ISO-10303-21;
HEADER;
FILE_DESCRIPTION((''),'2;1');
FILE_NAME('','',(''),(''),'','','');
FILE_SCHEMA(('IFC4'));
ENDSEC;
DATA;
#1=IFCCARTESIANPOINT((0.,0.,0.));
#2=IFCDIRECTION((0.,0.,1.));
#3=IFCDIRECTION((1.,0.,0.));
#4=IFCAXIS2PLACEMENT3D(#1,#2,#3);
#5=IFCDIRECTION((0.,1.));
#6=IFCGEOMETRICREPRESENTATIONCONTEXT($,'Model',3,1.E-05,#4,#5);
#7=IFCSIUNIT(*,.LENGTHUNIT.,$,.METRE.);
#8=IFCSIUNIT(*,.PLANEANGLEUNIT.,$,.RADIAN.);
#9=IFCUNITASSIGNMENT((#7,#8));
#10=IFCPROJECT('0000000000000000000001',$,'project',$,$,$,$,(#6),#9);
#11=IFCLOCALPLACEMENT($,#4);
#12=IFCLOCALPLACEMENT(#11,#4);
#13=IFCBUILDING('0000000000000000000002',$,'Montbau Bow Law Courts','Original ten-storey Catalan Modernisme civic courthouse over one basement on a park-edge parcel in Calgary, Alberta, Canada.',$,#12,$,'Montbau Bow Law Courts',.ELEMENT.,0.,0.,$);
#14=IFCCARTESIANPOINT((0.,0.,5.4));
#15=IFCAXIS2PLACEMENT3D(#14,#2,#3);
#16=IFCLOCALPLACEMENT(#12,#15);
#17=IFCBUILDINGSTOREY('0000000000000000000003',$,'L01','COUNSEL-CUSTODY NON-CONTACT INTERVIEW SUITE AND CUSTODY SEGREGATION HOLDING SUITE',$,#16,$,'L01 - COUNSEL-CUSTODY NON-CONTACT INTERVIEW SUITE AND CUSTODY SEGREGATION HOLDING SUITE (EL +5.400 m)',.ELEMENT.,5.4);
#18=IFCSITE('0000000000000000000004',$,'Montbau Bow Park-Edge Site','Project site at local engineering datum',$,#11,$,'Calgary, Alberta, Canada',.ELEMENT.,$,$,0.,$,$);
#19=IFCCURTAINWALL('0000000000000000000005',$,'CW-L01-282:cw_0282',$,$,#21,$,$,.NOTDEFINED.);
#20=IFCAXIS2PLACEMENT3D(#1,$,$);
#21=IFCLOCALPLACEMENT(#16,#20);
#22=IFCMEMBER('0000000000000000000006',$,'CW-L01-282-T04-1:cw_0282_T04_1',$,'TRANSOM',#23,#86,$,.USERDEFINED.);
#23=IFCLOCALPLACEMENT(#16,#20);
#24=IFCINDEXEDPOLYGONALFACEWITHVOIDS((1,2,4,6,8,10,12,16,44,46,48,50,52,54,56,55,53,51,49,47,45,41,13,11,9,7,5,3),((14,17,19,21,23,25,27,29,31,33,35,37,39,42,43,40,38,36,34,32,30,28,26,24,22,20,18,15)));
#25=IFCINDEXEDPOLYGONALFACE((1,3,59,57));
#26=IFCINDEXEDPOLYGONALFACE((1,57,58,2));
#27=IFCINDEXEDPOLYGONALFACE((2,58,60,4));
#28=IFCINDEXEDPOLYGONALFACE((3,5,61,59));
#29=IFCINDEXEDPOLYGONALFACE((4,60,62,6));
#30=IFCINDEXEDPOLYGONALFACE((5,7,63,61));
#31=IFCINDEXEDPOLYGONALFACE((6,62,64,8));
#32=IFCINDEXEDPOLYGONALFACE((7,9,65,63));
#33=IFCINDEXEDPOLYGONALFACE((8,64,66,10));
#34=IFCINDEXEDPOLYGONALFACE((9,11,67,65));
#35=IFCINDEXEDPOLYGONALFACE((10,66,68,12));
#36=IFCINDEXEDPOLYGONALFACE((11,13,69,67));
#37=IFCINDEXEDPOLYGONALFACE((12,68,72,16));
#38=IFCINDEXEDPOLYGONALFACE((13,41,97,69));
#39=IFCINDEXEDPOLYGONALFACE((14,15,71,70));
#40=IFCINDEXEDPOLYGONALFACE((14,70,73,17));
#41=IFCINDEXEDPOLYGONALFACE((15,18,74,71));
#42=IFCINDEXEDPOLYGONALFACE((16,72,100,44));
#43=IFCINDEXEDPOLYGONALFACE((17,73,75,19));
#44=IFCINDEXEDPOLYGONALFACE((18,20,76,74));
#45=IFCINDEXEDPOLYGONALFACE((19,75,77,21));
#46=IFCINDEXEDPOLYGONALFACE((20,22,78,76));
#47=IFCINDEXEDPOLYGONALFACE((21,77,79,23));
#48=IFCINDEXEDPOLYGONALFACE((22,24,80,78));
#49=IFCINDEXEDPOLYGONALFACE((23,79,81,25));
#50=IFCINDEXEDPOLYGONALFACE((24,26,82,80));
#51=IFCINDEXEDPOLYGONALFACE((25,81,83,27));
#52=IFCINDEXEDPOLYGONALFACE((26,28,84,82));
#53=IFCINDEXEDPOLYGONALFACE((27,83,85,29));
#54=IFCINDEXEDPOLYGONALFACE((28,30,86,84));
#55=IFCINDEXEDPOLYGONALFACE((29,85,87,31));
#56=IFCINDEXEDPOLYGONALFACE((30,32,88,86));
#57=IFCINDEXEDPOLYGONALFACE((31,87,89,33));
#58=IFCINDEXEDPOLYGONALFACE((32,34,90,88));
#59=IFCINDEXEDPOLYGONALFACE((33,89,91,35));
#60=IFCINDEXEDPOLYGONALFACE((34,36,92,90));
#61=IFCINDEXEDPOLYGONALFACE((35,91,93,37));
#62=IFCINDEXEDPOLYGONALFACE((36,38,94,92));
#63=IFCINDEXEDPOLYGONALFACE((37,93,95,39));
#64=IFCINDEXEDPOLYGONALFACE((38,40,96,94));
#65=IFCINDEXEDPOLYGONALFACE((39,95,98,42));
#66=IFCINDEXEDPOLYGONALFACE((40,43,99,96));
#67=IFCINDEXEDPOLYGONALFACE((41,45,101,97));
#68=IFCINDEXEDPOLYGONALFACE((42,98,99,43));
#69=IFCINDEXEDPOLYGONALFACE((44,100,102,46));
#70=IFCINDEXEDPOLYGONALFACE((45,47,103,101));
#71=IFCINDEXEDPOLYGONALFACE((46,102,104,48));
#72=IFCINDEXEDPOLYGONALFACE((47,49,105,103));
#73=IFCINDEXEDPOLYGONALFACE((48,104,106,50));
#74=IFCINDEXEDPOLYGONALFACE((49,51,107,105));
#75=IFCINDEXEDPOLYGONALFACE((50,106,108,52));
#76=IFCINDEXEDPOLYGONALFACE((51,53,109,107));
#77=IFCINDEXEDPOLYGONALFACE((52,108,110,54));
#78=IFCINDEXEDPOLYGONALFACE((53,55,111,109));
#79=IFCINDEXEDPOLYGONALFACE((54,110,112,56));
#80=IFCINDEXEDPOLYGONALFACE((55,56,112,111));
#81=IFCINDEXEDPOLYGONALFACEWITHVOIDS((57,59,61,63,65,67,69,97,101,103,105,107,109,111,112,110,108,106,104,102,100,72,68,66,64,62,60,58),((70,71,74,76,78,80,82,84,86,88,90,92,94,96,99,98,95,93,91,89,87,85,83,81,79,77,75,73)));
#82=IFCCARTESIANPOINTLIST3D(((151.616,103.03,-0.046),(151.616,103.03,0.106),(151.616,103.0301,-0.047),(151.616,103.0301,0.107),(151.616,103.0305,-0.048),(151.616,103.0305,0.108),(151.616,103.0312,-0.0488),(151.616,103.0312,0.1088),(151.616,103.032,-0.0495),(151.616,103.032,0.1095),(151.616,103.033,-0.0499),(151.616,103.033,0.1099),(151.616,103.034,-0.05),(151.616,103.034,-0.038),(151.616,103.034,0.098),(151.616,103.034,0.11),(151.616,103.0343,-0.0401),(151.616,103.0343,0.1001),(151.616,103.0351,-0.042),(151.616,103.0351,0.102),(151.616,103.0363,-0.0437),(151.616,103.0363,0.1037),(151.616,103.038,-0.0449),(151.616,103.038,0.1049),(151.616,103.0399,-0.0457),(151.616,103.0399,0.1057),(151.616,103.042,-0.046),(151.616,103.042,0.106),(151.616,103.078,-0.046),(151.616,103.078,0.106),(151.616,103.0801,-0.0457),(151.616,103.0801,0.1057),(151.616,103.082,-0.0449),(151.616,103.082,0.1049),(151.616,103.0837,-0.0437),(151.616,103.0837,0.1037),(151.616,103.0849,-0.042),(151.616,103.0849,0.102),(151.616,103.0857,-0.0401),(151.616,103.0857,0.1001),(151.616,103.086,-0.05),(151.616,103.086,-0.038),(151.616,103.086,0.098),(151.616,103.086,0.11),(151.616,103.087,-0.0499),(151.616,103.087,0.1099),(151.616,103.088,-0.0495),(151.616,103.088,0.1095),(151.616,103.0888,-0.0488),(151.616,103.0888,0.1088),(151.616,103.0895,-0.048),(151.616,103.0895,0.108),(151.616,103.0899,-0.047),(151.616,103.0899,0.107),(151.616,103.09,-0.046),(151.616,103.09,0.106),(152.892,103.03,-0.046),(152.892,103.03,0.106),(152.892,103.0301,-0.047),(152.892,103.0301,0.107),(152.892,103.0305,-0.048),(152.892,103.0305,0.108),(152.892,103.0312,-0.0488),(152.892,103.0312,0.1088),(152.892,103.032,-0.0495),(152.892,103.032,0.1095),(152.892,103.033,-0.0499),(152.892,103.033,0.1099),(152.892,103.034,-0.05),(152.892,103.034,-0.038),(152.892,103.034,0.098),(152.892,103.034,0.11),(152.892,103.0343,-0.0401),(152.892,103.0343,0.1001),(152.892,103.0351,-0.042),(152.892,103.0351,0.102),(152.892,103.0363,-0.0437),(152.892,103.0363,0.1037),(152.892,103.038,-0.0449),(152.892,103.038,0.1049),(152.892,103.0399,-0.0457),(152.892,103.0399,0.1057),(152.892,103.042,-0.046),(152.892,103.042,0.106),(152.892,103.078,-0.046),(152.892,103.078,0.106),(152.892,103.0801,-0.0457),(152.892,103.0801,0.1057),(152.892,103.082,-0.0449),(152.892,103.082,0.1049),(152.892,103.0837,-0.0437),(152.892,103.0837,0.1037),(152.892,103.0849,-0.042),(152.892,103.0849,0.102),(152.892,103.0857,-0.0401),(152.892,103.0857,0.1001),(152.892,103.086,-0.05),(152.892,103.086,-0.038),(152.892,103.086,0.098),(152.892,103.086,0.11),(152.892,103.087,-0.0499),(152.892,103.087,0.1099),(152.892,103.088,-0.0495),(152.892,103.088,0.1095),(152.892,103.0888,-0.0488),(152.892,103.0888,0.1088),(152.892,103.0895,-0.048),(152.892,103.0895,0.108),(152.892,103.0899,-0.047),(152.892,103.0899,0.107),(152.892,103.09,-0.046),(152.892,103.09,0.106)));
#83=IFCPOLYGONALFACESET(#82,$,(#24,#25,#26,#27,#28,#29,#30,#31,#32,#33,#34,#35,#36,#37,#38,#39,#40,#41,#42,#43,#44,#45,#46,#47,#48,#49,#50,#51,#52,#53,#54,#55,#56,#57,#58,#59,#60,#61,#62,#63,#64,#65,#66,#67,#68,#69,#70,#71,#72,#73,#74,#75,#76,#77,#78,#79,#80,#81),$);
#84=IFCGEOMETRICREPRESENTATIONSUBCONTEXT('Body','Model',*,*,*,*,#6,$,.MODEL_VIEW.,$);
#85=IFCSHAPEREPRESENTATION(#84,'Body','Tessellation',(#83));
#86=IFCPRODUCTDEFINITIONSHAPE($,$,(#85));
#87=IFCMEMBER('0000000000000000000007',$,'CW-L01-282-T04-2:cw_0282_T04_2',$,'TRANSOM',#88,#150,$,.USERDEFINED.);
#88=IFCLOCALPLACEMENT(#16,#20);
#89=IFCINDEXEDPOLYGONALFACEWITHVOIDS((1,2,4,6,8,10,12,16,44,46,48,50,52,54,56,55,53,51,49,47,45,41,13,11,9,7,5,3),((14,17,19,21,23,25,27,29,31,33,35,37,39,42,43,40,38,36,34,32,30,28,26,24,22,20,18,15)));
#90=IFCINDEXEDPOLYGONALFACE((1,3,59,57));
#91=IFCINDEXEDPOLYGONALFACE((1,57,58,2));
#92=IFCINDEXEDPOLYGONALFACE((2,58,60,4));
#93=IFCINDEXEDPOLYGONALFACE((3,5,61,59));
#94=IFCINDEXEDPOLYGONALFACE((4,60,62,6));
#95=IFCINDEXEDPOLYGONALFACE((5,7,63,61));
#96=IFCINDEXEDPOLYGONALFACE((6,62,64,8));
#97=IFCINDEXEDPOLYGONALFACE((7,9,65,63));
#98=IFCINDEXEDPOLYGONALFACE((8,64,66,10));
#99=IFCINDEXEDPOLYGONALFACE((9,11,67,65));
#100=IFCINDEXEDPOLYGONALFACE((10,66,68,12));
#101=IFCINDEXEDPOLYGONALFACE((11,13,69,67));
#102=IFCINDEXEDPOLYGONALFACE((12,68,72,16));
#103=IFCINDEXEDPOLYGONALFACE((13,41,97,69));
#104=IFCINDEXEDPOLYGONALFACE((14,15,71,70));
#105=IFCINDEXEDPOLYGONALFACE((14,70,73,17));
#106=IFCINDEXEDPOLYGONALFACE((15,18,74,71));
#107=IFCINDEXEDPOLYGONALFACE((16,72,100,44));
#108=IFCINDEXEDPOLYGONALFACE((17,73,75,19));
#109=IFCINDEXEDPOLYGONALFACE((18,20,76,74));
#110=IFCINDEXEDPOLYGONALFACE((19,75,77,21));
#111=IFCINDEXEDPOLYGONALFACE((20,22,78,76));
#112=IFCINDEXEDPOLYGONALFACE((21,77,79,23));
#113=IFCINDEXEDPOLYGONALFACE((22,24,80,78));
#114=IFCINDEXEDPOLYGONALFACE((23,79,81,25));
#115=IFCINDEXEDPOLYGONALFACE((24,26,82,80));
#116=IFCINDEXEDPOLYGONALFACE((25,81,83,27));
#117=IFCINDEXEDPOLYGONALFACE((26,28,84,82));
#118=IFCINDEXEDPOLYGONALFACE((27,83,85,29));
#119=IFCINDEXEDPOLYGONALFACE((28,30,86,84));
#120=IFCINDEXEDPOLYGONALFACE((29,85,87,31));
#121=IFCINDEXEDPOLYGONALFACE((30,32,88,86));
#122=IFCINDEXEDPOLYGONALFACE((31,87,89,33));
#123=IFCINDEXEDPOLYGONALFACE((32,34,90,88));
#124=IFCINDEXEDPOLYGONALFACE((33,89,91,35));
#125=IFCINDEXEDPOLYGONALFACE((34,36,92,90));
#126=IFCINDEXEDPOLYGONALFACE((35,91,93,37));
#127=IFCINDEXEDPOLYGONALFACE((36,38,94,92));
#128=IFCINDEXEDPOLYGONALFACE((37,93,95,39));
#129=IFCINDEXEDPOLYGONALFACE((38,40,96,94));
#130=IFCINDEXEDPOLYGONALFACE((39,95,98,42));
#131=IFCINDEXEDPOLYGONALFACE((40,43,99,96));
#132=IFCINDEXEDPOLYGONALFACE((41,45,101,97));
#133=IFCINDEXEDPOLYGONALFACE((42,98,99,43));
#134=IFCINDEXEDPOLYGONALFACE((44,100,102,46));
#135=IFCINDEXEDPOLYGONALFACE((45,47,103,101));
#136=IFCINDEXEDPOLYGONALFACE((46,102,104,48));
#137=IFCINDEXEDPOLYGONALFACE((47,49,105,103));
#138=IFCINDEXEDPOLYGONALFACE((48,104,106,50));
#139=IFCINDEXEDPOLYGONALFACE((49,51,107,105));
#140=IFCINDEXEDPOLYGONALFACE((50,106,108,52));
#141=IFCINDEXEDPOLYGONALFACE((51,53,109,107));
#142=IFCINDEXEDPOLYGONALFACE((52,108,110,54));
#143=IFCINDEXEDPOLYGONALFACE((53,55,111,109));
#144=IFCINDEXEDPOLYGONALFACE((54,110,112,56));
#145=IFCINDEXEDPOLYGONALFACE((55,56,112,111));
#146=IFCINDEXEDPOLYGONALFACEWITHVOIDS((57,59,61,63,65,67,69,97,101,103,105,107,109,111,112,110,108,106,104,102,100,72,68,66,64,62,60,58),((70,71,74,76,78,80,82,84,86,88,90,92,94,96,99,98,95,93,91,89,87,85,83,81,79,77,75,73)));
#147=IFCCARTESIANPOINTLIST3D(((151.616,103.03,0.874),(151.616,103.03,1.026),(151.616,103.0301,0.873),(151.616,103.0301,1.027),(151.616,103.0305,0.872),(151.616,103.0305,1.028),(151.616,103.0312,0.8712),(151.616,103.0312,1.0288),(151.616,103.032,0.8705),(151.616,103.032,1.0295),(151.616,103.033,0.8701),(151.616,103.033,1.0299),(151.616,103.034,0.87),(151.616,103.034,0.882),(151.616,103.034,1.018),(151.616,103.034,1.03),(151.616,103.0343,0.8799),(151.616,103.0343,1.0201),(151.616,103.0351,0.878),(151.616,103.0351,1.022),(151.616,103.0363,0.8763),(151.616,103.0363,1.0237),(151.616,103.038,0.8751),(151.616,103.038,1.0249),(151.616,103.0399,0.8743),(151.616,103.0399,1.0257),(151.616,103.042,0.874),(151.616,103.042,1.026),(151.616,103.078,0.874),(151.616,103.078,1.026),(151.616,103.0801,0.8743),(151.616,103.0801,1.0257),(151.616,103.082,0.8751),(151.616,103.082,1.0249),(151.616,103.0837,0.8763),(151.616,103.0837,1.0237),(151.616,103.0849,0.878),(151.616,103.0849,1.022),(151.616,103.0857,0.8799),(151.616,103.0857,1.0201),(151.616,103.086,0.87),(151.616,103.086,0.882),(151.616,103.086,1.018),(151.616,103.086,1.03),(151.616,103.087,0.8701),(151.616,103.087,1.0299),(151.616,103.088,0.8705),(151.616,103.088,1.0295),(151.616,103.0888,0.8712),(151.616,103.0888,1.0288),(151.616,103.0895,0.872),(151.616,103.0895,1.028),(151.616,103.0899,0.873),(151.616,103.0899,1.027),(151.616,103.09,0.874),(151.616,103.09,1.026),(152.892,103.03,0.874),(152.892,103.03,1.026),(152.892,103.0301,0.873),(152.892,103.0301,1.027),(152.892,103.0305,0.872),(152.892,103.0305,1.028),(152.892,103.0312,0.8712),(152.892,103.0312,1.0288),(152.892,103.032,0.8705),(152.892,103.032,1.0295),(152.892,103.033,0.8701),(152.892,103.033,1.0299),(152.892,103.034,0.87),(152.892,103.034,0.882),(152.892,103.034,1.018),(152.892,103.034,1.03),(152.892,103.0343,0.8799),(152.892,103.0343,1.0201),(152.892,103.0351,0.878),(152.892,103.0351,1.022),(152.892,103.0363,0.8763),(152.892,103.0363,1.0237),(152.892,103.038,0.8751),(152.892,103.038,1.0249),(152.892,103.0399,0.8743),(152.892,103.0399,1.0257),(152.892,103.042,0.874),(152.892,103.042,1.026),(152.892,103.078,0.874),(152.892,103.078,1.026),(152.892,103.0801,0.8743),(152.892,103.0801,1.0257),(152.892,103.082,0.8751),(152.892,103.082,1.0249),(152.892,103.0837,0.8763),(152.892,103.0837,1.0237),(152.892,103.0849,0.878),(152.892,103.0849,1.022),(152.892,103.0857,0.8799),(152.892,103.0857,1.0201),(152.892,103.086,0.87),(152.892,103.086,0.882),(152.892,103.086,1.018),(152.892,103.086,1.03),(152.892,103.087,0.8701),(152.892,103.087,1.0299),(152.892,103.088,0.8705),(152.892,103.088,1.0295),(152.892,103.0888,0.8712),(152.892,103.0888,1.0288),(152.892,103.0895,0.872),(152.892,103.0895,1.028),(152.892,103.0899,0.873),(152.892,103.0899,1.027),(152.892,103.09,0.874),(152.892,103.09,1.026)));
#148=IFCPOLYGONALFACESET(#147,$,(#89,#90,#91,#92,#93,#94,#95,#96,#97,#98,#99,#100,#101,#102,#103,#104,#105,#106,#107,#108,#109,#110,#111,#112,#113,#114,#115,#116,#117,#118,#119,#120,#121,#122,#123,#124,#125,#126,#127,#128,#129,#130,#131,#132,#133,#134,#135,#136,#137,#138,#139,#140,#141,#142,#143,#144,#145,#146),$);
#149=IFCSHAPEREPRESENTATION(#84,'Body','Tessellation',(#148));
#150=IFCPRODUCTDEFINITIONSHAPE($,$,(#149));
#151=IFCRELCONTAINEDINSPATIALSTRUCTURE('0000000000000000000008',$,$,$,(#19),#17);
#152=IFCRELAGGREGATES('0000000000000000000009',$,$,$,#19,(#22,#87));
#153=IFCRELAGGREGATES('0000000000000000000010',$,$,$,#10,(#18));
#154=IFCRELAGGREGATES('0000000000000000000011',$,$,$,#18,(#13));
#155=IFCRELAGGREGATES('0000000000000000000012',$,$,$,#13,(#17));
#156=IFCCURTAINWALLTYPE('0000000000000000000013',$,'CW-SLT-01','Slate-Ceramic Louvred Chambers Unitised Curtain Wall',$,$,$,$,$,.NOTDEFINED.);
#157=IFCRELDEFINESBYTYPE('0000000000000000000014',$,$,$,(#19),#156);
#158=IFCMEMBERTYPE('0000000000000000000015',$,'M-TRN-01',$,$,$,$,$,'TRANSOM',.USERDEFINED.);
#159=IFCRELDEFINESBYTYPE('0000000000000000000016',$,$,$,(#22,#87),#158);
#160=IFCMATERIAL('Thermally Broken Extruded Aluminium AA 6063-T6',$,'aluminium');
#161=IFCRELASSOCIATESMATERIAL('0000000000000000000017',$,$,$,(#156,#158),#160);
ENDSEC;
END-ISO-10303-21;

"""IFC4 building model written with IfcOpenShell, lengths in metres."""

from ifc_helpers import new_model, si_unit, direction, frame, origin_with_axes, origin_2d_with_axis, place, context, subcontext, project, spatial, hollow_rectangle, extrude, material, material_profile, profile_set, type_object, element, aggregate, save


model = new_model("IFC4")

# Units and contexts
model_context = context("Model", 3, precision=1e-05, world=origin_with_axes(), true_north=direction((0.0, 1.0)))
body_context = subcontext(model_context, "Body", "Model", "MODEL_VIEW")
ifc_project = project(units=[si_unit("LENGTHUNIT", "METRE"), si_unit("PLANEANGLEUNIT", "RADIAN")], contexts=[model_context])

# Site, building, storey
site_placement = place(None, origin_with_axes())
site = spatial("IfcSite", under=ifc_project, at=site_placement, Name="Montbau Bow Park-Edge Site", Description="Project site at local engineering datum", LongName="Calgary, Alberta, Canada", CompositionType="ELEMENT", RefElevation=0.0)
building_placement = place(site_placement, origin_with_axes())
building = spatial("IfcBuilding", under=site, at=building_placement, Name="Montbau Bow Law Courts", Description="Original ten-storey Catalan Modernisme civic courthouse over one basement on a park-edge parcel in Calgary, Alberta, Canada.", LongName="Montbau Bow Law Courts", CompositionType="ELEMENT", ElevationOfRefHeight=0.0, ElevationOfTerrain=0.0)
storey_placement = place(building_placement, frame((0.0, 0.0, 5.4), z_axis=(0.0, 0.0, 1.0), x_axis=(1.0, 0.0, 0.0)))
storey = spatial("IfcBuildingStorey", under=building, at=storey_placement, Name="L01", Description="COUNSEL-CUSTODY NON-CONTACT INTERVIEW SUITE AND CUSTODY SEGREGATION HOLDING SUITE", LongName="L01 - COUNSEL-CUSTODY NON-CONTACT INTERVIEW SUITE AND CUSTODY SEGREGATION HOLDING SUITE (EL +5.400 m)", CompositionType="ELEMENT", Elevation=5.4)

# Curtain wall, members
ifc_material_1 = material(Name="Thermally Broken Extruded Aluminium AA 6063-T6", Category="aluminium")
curtain_wall_type = type_object("IfcCurtainWallType", Name="CW-SLT-01", Description="Slate-Ceramic Louvred Chambers Unitised Curtain Wall", PredefinedType="NOTDEFINED", material=ifc_material_1)
curtain_wall_placement = place(None, frame((147.515, 103.06, 5.4), z_axis=(0.0, 0.0, 1.0), x_axis=(1.0, 0.0, 0.0)))
curtain_wall = element("IfcCurtainWall", 1, at=curtain_wall_placement, inside=storey, type_object=curtain_wall_type, Name="CW-L01-282:cw_0282", PredefinedType="NOTDEFINED")
ifc_material_profile_1 = material_profile(ifc_material_1, hollow_rectangle(XDim=0.06, YDim=0.16, WallThickness=0.004, InnerFilletRadius=0.008, OuterFilletRadius=0.004, at=origin_2d_with_axis()), Name="CWT-160X60", Category="Main", Priority=0)
ifc_profile_set_1 = profile_set([ifc_material_profile_1], Name="Thermally Broken Extruded Aluminium AA 6063-T6")
member_type_1 = type_object("IfcMemberType", Name="M-TRN-01", ElementType="TRANSOM", PredefinedType="USERDEFINED", material=ifc_profile_set_1)
member_1_placement = place(None, frame((151.616, 103.06, 5.43), z_axis=(1.0, 0.0, 0.0), x_axis=(0.0, 1.0, 0.0)))
member_1 = element("IfcMember", 2, at=member_1_placement, type_object=member_type_1, Name="CW-L01-282-T04-1:cw_0282_T04_1", ObjectType="TRANSOM", PredefinedType="USERDEFINED", context=body_context, shape_type="SweptSolid", body=[
    extrude(hollow_rectangle(XDim=0.06, YDim=0.16, WallThickness=0.004, InnerFilletRadius=0.008, OuterFilletRadius=0.004, at=origin_2d_with_axis()), origin_with_axes(), (0.0, 0.0, 1.0), 1.276),
])
member_2_placement = place(None, frame((151.616, 103.06, 6.35), z_axis=(1.0, 0.0, 0.0), x_axis=(0.0, 1.0, 0.0)))
member_2 = element("IfcMember", 3, at=member_2_placement, type_object=member_type_1, Name="CW-L01-282-T04-2:cw_0282_T04_2", ObjectType="TRANSOM", PredefinedType="USERDEFINED", context=body_context, shape_type="SweptSolid", body=[
    extrude(hollow_rectangle(XDim=0.06, YDim=0.16, WallThickness=0.004, InnerFilletRadius=0.008, OuterFilletRadius=0.004, at=origin_2d_with_axis()), origin_with_axes(), (0.0, 0.0, 1.0), 1.276),
])
aggregate(curtain_wall, [member_1, member_2])

save(model, "model.ifc")
